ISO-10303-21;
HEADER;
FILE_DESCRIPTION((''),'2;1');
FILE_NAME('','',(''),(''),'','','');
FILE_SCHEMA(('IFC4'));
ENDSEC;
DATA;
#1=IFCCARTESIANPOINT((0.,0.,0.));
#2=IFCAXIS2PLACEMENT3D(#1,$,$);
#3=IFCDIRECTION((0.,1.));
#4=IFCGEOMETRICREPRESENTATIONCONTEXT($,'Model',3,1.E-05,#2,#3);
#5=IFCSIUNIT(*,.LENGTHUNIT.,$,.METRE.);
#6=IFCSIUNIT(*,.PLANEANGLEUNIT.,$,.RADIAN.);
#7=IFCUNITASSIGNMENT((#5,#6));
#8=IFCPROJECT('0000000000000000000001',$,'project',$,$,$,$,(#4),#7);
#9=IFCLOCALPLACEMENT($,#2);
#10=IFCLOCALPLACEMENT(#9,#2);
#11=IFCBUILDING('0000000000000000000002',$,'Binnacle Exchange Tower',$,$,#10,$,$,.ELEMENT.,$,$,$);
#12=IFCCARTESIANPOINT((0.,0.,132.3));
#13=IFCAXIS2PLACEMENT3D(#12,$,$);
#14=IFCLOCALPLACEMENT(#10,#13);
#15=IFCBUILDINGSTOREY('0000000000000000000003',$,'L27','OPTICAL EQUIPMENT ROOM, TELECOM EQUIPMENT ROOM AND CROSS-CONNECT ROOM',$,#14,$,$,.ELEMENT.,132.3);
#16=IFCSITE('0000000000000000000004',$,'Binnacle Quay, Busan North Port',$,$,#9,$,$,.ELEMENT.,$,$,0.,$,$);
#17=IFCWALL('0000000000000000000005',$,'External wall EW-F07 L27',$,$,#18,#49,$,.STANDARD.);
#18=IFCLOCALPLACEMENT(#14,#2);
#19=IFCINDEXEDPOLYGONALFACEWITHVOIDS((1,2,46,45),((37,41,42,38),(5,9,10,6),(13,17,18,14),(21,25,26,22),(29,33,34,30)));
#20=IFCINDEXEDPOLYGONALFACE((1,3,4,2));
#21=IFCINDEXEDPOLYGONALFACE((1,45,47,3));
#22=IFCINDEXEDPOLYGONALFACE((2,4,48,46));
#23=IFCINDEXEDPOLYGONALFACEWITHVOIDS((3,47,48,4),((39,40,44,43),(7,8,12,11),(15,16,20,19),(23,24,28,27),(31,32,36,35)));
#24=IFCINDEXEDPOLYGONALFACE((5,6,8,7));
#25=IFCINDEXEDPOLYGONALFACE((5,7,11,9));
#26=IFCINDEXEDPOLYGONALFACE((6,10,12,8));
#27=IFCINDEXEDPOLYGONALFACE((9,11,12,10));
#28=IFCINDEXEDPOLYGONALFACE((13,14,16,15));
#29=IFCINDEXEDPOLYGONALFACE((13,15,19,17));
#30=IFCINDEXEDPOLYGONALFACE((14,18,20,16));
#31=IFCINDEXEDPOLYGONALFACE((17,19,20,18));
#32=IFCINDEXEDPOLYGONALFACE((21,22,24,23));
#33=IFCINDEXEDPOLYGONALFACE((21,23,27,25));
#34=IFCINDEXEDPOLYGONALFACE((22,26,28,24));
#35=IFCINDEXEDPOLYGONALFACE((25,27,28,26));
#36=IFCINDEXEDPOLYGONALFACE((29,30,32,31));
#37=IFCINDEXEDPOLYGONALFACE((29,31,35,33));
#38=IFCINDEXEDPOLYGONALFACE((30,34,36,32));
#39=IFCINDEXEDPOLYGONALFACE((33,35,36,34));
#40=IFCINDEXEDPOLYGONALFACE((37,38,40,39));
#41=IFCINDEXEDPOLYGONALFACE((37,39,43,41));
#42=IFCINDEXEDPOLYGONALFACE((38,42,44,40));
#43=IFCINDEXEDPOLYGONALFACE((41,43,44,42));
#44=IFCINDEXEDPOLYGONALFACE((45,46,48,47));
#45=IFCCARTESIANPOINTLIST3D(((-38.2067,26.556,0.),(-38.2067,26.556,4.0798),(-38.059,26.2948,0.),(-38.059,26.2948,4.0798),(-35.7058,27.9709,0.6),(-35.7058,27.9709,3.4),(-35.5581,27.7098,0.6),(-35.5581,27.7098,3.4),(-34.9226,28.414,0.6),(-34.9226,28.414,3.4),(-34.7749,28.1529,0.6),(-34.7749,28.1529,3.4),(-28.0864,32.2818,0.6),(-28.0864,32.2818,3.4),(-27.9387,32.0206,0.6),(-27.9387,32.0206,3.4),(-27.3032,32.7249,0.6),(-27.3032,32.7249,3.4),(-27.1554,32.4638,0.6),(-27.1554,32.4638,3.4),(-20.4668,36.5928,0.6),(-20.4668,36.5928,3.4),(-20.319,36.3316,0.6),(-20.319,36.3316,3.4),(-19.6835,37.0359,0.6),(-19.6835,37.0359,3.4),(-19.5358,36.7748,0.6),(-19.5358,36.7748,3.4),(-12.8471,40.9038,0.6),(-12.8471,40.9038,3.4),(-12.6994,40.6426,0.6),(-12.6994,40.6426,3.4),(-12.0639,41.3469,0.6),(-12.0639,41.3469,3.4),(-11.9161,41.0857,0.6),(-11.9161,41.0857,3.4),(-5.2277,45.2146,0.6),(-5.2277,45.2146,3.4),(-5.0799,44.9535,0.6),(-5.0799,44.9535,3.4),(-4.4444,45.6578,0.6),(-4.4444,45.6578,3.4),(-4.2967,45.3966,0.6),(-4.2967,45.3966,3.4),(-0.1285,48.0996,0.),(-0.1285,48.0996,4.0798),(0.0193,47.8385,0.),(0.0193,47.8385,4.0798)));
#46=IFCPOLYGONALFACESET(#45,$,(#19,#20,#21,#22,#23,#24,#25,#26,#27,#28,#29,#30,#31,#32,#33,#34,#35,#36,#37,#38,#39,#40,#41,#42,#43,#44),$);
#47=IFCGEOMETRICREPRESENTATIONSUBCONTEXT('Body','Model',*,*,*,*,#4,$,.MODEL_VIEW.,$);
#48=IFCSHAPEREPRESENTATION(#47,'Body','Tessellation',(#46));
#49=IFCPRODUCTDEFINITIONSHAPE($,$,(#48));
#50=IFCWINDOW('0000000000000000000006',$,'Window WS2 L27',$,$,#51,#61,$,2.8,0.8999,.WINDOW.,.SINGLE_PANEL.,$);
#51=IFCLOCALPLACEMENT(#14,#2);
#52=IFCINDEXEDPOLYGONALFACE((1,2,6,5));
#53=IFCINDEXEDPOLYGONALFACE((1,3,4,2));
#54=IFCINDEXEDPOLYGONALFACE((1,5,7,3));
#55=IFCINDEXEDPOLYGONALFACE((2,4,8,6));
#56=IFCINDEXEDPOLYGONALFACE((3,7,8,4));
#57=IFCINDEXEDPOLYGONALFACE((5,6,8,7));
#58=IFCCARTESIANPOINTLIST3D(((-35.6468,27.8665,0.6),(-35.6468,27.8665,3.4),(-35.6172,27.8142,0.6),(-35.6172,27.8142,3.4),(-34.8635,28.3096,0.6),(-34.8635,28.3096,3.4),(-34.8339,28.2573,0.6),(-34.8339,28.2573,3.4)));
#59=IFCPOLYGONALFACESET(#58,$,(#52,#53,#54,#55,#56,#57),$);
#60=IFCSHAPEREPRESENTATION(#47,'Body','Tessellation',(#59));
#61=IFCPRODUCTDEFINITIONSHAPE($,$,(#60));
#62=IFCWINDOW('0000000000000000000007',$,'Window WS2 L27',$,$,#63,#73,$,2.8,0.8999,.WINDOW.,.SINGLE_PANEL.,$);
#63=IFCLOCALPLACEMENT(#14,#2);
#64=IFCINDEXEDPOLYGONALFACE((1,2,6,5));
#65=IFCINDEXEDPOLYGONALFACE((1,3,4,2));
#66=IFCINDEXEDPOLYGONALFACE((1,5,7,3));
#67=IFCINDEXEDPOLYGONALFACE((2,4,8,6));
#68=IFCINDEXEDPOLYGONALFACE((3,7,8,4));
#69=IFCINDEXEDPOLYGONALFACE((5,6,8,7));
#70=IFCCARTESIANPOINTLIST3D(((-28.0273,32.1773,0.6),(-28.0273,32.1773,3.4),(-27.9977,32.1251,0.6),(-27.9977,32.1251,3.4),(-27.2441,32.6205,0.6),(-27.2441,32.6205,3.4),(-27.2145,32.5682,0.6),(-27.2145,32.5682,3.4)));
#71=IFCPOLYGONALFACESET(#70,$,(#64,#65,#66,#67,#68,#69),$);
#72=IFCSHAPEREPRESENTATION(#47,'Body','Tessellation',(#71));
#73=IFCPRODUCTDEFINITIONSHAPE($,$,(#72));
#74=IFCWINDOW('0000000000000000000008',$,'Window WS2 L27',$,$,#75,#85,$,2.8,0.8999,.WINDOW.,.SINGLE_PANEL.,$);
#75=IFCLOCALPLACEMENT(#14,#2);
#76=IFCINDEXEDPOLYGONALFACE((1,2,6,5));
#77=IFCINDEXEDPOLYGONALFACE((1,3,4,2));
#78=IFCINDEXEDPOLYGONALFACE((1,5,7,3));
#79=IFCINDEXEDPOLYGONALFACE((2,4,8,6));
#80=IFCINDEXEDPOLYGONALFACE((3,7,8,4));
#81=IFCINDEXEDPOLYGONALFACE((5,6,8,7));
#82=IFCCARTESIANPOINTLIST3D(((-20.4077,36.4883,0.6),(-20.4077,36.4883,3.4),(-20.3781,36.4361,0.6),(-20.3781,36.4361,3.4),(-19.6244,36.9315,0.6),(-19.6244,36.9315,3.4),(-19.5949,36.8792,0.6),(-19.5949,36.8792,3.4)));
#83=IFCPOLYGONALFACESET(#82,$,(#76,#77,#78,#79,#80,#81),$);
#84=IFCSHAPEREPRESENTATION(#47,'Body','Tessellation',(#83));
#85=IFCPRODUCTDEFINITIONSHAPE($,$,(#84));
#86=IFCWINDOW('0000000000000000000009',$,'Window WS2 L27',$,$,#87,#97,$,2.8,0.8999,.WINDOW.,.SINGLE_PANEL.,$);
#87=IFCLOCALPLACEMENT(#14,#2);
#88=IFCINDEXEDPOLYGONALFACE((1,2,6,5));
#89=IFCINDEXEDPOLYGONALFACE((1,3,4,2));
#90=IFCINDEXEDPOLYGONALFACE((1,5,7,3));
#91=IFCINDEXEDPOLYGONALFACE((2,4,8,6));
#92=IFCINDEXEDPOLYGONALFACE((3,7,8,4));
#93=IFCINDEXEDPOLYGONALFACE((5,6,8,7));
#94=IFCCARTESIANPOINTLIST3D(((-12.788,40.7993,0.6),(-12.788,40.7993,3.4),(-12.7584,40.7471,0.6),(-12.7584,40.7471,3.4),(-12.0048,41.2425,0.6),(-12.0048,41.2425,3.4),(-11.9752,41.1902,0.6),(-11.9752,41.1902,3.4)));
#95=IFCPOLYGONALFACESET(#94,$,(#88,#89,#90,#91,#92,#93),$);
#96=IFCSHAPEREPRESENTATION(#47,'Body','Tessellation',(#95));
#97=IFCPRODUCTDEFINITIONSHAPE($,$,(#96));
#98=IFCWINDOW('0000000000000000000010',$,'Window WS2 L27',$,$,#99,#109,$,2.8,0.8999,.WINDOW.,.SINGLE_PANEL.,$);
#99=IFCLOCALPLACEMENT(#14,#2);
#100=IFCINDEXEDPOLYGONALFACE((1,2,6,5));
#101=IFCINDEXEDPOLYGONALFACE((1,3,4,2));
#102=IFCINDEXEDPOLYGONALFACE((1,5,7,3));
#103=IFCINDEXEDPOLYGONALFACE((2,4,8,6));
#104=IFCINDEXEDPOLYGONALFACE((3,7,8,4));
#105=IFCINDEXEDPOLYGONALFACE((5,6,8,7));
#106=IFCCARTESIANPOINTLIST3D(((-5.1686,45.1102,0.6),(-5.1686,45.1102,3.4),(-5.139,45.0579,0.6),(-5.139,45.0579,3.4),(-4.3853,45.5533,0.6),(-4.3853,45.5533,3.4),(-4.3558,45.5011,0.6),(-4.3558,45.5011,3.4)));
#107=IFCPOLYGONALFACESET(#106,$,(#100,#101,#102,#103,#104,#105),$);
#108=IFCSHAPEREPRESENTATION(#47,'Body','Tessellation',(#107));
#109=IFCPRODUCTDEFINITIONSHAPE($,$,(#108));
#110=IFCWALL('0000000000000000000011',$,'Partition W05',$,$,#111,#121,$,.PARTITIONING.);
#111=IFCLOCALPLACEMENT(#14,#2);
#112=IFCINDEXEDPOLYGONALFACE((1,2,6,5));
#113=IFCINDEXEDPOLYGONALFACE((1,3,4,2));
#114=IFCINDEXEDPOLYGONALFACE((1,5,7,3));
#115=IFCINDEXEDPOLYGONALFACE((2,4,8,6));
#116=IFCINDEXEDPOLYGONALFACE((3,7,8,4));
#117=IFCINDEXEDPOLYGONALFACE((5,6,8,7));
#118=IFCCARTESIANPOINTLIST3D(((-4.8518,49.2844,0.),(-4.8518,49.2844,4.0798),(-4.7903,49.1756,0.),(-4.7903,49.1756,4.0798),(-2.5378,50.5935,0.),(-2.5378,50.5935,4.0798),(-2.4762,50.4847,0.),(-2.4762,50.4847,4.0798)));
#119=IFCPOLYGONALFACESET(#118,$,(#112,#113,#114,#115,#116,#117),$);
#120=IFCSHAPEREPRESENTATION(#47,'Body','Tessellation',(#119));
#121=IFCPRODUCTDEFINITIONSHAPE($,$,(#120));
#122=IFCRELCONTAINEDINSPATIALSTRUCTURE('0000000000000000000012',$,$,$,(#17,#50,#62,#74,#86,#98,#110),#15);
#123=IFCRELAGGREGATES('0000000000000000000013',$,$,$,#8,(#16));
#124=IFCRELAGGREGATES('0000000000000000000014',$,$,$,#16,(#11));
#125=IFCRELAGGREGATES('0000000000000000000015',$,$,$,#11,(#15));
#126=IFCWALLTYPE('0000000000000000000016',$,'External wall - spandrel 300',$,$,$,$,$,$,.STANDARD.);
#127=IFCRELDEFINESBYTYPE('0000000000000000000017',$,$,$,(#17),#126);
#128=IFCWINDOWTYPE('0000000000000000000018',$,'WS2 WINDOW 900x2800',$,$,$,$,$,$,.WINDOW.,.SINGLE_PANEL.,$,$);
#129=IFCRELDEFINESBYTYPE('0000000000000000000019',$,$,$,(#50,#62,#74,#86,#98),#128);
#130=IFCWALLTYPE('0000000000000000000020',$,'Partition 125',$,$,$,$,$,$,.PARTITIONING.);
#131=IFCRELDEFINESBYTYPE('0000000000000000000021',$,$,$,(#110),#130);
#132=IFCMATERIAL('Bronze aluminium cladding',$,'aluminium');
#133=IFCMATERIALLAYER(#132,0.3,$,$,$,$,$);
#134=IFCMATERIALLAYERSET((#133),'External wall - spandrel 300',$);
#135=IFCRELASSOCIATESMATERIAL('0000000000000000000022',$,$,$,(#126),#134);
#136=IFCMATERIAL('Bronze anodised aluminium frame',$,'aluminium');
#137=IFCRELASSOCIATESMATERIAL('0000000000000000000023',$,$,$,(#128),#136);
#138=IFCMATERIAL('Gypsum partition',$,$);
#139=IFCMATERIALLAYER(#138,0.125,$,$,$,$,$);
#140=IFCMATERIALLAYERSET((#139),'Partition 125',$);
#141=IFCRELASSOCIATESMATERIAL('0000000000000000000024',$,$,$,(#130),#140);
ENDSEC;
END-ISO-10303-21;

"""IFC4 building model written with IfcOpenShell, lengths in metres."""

from ifc_helpers import new_model, si_unit, direction, frame, frame_2d, origin, place, context, subcontext, project, spatial, rectangle, extrude, material, layer, layer_set, type_object, element, fill, save


model = new_model("IFC4")

# Units and contexts
model_context = context("Model", 3, precision=1e-05, world=origin(), true_north=direction((0.0, 1.0)))
body_context = subcontext(model_context, "Body", "Model", "MODEL_VIEW")
ifc_project = project(units=[si_unit("LENGTHUNIT", "METRE"), si_unit("PLANEANGLEUNIT", "RADIAN")], contexts=[model_context])

# Site, building, storey
site_placement = place(None, origin())
site = spatial("IfcSite", under=ifc_project, at=site_placement, Name="Binnacle Quay, Busan North Port", CompositionType="ELEMENT", RefElevation=0.0)
building_placement = place(site_placement, origin())
building = spatial("IfcBuilding", under=site, at=building_placement, Name="Binnacle Exchange Tower", CompositionType="ELEMENT")
storey_placement = place(building_placement, frame((0.0, 0.0, 132.3)))
storey = spatial("IfcBuildingStorey", under=building, at=storey_placement, Name="L27", Description="OPTICAL EQUIPMENT ROOM, TELECOM EQUIPMENT ROOM AND CROSS-CONNECT ROOM", CompositionType="ELEMENT", Elevation=132.3)

# Wall, openings, windows
ifc_material_1 = material(Name="Bronze aluminium cladding", Category="aluminium")
ifc_layer_1 = layer(ifc_material_1, 0.3)
ifc_layer_set_1 = layer_set([ifc_layer_1], Name="External wall - spandrel 300")
wall_type_1 = type_object("IfcWallType", Name="External wall - spandrel 300", PredefinedType="STANDARD", material=ifc_layer_set_1)
wall_1_placement = place(storey_placement, frame((-0.0547, 47.969, 0.0), z_axis=(0.0, 0.0, 1.0), x_axis=(-0.870356, -0.492423, 0.0)))
wall_1 = element("IfcWall", 1, at=wall_1_placement, inside=storey, type_object=wall_type_1, Name="External wall EW-F07 L27", PredefinedType="STANDARD", context=body_context, shape_type="SweptSolid", body=[
    extrude(rectangle(XDim=43.7502, YDim=0.3, at=frame_2d((21.875, 0.0))), origin(), (0.0, 0.0, 1.0), 4.0798),
])
opening_1_placement = place(wall_1_placement, frame((39.9768, 0.0, 0.6001)))
opening_1 = element("IfcOpeningElement", 2, at=opening_1_placement, cuts=wall_1, PredefinedType="OPENING", context=body_context, shape_type="SweptSolid", body=[
    extrude(rectangle(XDim=0.8999, YDim=2.8, at=frame_2d((0.45, 1.3999))), frame((0.0, 0.1599, 0.0), z_axis=(0.0, -1.0, 0.0), x_axis=(1.0, 0.0, 0.0)), (0.0, 0.0, 1.0), 0.3201),
])
opening_2_placement = place(wall_1_placement, frame((31.2224, 0.0, 0.6001)))
opening_2 = element("IfcOpeningElement", 3, at=opening_2_placement, cuts=wall_1, PredefinedType="OPENING", context=body_context, shape_type="SweptSolid", body=[
    extrude(rectangle(XDim=0.8999, YDim=2.8, at=frame_2d((0.45, 1.3999))), frame((0.0, 0.1599, 0.0), z_axis=(0.0, -1.0, 0.0), x_axis=(1.0, 0.0, 0.0)), (0.0, 0.0, 1.0), 0.3201),
])
opening_3_placement = place(wall_1_placement, frame((22.4678, 0.0, 0.6001)))
opening_3 = element("IfcOpeningElement", 4, at=opening_3_placement, cuts=wall_1, PredefinedType="OPENING", context=body_context, shape_type="SweptSolid", body=[
    extrude(rectangle(XDim=0.8999, YDim=2.8, at=frame_2d((0.45, 1.3999))), frame((0.0, 0.1599, 0.0), z_axis=(0.0, -1.0, 0.0), x_axis=(1.0, 0.0, 0.0)), (0.0, 0.0, 1.0), 0.3201),
])
opening_4_placement = place(wall_1_placement, frame((13.7131, 0.0, 0.6001)))
opening_4 = element("IfcOpeningElement", 5, at=opening_4_placement, cuts=wall_1, PredefinedType="OPENING", context=body_context, shape_type="SweptSolid", body=[
    extrude(rectangle(XDim=0.8999, YDim=2.8, at=frame_2d((0.45, 1.3999))), frame((0.0, 0.1599, 0.0), z_axis=(0.0, -1.0, 0.0), x_axis=(1.0, 0.0, 0.0)), (0.0, 0.0, 1.0), 0.3201),
])
opening_5_placement = place(wall_1_placement, frame((4.9587, 0.0, 0.6001)))
opening_5 = element("IfcOpeningElement", 6, at=opening_5_placement, cuts=wall_1, PredefinedType="OPENING", context=body_context, shape_type="SweptSolid", body=[
    extrude(rectangle(XDim=0.8999, YDim=2.8, at=frame_2d((0.45, 1.3999))), frame((0.0, 0.1599, 0.0), z_axis=(0.0, -1.0, 0.0), x_axis=(1.0, 0.0, 0.0)), (0.0, 0.0, 1.0), 0.3201),
])
ifc_material_2 = material(Name="Bronze anodised aluminium frame", Category="aluminium")
window_type = type_object("IfcWindowType", Name="WS2 WINDOW 900x2800", PartitioningType="SINGLE_PANEL", PredefinedType="WINDOW", material=ifc_material_2)
window_1_placement = place(opening_1_placement, origin())
window_1 = element("IfcWindow", 7, at=window_1_placement, inside=storey, type_object=window_type, Name="Window WS2 L27", OverallHeight=2.8, OverallWidth=0.8999, PartitioningType="SINGLE_PANEL", PredefinedType="WINDOW", context=body_context, shape_type="SweptSolid", body=[
    extrude(rectangle(XDim=0.8999, YDim=2.8, at=frame_2d((0.45, 1.3999))), frame((0.0, 0.03, 0.0), z_axis=(0.0, -1.0, 0.0), x_axis=(1.0, 0.0, 0.0)), (0.0, 0.0, 1.0), 0.0601),
])
fill(opening_1, window_1)
window_2_placement = place(opening_2_placement, origin())
window_2 = element("IfcWindow", 8, at=window_2_placement, inside=storey, type_object=window_type, Name="Window WS2 L27", OverallHeight=2.8, OverallWidth=0.8999, PartitioningType="SINGLE_PANEL", PredefinedType="WINDOW", context=body_context, shape_type="SweptSolid", body=[
    extrude(rectangle(XDim=0.8999, YDim=2.8, at=frame_2d((0.45, 1.3999))), frame((0.0, 0.03, 0.0), z_axis=(0.0, -1.0, 0.0), x_axis=(1.0, 0.0, 0.0)), (0.0, 0.0, 1.0), 0.0601),
])
fill(opening_2, window_2)
window_3_placement = place(opening_3_placement, origin())
window_3 = element("IfcWindow", 9, at=window_3_placement, inside=storey, type_object=window_type, Name="Window WS2 L27", OverallHeight=2.8, OverallWidth=0.8999, PartitioningType="SINGLE_PANEL", PredefinedType="WINDOW", context=body_context, shape_type="SweptSolid", body=[
    extrude(rectangle(XDim=0.8999, YDim=2.8, at=frame_2d((0.45, 1.3999))), frame((0.0, 0.03, 0.0), z_axis=(0.0, -1.0, 0.0), x_axis=(1.0, 0.0, 0.0)), (0.0, 0.0, 1.0), 0.0601),
])
fill(opening_3, window_3)
window_4_placement = place(opening_4_placement, origin())
window_4 = element("IfcWindow", 10, at=window_4_placement, inside=storey, type_object=window_type, Name="Window WS2 L27", OverallHeight=2.8, OverallWidth=0.8999, PartitioningType="SINGLE_PANEL", PredefinedType="WINDOW", context=body_context, shape_type="SweptSolid", body=[
    extrude(rectangle(XDim=0.8999, YDim=2.8, at=frame_2d((0.45, 1.3999))), frame((0.0, 0.03, 0.0), z_axis=(0.0, -1.0, 0.0), x_axis=(1.0, 0.0, 0.0)), (0.0, 0.0, 1.0), 0.0601),
])
fill(opening_4, window_4)
window_5_placement = place(opening_5_placement, origin())
window_5 = element("IfcWindow", 11, at=window_5_placement, inside=storey, type_object=window_type, Name="Window WS2 L27", OverallHeight=2.8, OverallWidth=0.8999, PartitioningType="SINGLE_PANEL", PredefinedType="WINDOW", context=body_context, shape_type="SweptSolid", body=[
    extrude(rectangle(XDim=0.8999, YDim=2.8, at=frame_2d((0.45, 1.3999))), frame((0.0, 0.03, 0.0), z_axis=(0.0, -1.0, 0.0), x_axis=(1.0, 0.0, 0.0)), (0.0, 0.0, 1.0), 0.0601),
])
fill(opening_5, window_5)

# Wall
ifc_material_3 = material(Name="Gypsum partition")
ifc_layer_2 = layer(ifc_material_3, 0.125)
ifc_layer_set_2 = layer_set([ifc_layer_2], Name="Partition 125")
wall_type_2 = type_object("IfcWallType", Name="Partition 125", PredefinedType="PARTITIONING", material=ifc_layer_set_2)
wall_2_placement = place(storey_placement, frame((-4.821, 49.23, 0.0), z_axis=(0.0, 0.0, 1.0), x_axis=(0.870371, 0.492396, 0.0)))
element("IfcWall", 12, at=wall_2_placement, inside=storey, type_object=wall_type_2, Name="Partition W05", PredefinedType="PARTITIONING", context=body_context, shape_type="SweptSolid", body=[
    extrude(rectangle(XDim=2.6587, YDim=0.125, at=frame_2d((1.3293, 0.0))), origin(), (0.0, 0.0, 1.0), 4.0798),
])

save(model, "model.ifc")
